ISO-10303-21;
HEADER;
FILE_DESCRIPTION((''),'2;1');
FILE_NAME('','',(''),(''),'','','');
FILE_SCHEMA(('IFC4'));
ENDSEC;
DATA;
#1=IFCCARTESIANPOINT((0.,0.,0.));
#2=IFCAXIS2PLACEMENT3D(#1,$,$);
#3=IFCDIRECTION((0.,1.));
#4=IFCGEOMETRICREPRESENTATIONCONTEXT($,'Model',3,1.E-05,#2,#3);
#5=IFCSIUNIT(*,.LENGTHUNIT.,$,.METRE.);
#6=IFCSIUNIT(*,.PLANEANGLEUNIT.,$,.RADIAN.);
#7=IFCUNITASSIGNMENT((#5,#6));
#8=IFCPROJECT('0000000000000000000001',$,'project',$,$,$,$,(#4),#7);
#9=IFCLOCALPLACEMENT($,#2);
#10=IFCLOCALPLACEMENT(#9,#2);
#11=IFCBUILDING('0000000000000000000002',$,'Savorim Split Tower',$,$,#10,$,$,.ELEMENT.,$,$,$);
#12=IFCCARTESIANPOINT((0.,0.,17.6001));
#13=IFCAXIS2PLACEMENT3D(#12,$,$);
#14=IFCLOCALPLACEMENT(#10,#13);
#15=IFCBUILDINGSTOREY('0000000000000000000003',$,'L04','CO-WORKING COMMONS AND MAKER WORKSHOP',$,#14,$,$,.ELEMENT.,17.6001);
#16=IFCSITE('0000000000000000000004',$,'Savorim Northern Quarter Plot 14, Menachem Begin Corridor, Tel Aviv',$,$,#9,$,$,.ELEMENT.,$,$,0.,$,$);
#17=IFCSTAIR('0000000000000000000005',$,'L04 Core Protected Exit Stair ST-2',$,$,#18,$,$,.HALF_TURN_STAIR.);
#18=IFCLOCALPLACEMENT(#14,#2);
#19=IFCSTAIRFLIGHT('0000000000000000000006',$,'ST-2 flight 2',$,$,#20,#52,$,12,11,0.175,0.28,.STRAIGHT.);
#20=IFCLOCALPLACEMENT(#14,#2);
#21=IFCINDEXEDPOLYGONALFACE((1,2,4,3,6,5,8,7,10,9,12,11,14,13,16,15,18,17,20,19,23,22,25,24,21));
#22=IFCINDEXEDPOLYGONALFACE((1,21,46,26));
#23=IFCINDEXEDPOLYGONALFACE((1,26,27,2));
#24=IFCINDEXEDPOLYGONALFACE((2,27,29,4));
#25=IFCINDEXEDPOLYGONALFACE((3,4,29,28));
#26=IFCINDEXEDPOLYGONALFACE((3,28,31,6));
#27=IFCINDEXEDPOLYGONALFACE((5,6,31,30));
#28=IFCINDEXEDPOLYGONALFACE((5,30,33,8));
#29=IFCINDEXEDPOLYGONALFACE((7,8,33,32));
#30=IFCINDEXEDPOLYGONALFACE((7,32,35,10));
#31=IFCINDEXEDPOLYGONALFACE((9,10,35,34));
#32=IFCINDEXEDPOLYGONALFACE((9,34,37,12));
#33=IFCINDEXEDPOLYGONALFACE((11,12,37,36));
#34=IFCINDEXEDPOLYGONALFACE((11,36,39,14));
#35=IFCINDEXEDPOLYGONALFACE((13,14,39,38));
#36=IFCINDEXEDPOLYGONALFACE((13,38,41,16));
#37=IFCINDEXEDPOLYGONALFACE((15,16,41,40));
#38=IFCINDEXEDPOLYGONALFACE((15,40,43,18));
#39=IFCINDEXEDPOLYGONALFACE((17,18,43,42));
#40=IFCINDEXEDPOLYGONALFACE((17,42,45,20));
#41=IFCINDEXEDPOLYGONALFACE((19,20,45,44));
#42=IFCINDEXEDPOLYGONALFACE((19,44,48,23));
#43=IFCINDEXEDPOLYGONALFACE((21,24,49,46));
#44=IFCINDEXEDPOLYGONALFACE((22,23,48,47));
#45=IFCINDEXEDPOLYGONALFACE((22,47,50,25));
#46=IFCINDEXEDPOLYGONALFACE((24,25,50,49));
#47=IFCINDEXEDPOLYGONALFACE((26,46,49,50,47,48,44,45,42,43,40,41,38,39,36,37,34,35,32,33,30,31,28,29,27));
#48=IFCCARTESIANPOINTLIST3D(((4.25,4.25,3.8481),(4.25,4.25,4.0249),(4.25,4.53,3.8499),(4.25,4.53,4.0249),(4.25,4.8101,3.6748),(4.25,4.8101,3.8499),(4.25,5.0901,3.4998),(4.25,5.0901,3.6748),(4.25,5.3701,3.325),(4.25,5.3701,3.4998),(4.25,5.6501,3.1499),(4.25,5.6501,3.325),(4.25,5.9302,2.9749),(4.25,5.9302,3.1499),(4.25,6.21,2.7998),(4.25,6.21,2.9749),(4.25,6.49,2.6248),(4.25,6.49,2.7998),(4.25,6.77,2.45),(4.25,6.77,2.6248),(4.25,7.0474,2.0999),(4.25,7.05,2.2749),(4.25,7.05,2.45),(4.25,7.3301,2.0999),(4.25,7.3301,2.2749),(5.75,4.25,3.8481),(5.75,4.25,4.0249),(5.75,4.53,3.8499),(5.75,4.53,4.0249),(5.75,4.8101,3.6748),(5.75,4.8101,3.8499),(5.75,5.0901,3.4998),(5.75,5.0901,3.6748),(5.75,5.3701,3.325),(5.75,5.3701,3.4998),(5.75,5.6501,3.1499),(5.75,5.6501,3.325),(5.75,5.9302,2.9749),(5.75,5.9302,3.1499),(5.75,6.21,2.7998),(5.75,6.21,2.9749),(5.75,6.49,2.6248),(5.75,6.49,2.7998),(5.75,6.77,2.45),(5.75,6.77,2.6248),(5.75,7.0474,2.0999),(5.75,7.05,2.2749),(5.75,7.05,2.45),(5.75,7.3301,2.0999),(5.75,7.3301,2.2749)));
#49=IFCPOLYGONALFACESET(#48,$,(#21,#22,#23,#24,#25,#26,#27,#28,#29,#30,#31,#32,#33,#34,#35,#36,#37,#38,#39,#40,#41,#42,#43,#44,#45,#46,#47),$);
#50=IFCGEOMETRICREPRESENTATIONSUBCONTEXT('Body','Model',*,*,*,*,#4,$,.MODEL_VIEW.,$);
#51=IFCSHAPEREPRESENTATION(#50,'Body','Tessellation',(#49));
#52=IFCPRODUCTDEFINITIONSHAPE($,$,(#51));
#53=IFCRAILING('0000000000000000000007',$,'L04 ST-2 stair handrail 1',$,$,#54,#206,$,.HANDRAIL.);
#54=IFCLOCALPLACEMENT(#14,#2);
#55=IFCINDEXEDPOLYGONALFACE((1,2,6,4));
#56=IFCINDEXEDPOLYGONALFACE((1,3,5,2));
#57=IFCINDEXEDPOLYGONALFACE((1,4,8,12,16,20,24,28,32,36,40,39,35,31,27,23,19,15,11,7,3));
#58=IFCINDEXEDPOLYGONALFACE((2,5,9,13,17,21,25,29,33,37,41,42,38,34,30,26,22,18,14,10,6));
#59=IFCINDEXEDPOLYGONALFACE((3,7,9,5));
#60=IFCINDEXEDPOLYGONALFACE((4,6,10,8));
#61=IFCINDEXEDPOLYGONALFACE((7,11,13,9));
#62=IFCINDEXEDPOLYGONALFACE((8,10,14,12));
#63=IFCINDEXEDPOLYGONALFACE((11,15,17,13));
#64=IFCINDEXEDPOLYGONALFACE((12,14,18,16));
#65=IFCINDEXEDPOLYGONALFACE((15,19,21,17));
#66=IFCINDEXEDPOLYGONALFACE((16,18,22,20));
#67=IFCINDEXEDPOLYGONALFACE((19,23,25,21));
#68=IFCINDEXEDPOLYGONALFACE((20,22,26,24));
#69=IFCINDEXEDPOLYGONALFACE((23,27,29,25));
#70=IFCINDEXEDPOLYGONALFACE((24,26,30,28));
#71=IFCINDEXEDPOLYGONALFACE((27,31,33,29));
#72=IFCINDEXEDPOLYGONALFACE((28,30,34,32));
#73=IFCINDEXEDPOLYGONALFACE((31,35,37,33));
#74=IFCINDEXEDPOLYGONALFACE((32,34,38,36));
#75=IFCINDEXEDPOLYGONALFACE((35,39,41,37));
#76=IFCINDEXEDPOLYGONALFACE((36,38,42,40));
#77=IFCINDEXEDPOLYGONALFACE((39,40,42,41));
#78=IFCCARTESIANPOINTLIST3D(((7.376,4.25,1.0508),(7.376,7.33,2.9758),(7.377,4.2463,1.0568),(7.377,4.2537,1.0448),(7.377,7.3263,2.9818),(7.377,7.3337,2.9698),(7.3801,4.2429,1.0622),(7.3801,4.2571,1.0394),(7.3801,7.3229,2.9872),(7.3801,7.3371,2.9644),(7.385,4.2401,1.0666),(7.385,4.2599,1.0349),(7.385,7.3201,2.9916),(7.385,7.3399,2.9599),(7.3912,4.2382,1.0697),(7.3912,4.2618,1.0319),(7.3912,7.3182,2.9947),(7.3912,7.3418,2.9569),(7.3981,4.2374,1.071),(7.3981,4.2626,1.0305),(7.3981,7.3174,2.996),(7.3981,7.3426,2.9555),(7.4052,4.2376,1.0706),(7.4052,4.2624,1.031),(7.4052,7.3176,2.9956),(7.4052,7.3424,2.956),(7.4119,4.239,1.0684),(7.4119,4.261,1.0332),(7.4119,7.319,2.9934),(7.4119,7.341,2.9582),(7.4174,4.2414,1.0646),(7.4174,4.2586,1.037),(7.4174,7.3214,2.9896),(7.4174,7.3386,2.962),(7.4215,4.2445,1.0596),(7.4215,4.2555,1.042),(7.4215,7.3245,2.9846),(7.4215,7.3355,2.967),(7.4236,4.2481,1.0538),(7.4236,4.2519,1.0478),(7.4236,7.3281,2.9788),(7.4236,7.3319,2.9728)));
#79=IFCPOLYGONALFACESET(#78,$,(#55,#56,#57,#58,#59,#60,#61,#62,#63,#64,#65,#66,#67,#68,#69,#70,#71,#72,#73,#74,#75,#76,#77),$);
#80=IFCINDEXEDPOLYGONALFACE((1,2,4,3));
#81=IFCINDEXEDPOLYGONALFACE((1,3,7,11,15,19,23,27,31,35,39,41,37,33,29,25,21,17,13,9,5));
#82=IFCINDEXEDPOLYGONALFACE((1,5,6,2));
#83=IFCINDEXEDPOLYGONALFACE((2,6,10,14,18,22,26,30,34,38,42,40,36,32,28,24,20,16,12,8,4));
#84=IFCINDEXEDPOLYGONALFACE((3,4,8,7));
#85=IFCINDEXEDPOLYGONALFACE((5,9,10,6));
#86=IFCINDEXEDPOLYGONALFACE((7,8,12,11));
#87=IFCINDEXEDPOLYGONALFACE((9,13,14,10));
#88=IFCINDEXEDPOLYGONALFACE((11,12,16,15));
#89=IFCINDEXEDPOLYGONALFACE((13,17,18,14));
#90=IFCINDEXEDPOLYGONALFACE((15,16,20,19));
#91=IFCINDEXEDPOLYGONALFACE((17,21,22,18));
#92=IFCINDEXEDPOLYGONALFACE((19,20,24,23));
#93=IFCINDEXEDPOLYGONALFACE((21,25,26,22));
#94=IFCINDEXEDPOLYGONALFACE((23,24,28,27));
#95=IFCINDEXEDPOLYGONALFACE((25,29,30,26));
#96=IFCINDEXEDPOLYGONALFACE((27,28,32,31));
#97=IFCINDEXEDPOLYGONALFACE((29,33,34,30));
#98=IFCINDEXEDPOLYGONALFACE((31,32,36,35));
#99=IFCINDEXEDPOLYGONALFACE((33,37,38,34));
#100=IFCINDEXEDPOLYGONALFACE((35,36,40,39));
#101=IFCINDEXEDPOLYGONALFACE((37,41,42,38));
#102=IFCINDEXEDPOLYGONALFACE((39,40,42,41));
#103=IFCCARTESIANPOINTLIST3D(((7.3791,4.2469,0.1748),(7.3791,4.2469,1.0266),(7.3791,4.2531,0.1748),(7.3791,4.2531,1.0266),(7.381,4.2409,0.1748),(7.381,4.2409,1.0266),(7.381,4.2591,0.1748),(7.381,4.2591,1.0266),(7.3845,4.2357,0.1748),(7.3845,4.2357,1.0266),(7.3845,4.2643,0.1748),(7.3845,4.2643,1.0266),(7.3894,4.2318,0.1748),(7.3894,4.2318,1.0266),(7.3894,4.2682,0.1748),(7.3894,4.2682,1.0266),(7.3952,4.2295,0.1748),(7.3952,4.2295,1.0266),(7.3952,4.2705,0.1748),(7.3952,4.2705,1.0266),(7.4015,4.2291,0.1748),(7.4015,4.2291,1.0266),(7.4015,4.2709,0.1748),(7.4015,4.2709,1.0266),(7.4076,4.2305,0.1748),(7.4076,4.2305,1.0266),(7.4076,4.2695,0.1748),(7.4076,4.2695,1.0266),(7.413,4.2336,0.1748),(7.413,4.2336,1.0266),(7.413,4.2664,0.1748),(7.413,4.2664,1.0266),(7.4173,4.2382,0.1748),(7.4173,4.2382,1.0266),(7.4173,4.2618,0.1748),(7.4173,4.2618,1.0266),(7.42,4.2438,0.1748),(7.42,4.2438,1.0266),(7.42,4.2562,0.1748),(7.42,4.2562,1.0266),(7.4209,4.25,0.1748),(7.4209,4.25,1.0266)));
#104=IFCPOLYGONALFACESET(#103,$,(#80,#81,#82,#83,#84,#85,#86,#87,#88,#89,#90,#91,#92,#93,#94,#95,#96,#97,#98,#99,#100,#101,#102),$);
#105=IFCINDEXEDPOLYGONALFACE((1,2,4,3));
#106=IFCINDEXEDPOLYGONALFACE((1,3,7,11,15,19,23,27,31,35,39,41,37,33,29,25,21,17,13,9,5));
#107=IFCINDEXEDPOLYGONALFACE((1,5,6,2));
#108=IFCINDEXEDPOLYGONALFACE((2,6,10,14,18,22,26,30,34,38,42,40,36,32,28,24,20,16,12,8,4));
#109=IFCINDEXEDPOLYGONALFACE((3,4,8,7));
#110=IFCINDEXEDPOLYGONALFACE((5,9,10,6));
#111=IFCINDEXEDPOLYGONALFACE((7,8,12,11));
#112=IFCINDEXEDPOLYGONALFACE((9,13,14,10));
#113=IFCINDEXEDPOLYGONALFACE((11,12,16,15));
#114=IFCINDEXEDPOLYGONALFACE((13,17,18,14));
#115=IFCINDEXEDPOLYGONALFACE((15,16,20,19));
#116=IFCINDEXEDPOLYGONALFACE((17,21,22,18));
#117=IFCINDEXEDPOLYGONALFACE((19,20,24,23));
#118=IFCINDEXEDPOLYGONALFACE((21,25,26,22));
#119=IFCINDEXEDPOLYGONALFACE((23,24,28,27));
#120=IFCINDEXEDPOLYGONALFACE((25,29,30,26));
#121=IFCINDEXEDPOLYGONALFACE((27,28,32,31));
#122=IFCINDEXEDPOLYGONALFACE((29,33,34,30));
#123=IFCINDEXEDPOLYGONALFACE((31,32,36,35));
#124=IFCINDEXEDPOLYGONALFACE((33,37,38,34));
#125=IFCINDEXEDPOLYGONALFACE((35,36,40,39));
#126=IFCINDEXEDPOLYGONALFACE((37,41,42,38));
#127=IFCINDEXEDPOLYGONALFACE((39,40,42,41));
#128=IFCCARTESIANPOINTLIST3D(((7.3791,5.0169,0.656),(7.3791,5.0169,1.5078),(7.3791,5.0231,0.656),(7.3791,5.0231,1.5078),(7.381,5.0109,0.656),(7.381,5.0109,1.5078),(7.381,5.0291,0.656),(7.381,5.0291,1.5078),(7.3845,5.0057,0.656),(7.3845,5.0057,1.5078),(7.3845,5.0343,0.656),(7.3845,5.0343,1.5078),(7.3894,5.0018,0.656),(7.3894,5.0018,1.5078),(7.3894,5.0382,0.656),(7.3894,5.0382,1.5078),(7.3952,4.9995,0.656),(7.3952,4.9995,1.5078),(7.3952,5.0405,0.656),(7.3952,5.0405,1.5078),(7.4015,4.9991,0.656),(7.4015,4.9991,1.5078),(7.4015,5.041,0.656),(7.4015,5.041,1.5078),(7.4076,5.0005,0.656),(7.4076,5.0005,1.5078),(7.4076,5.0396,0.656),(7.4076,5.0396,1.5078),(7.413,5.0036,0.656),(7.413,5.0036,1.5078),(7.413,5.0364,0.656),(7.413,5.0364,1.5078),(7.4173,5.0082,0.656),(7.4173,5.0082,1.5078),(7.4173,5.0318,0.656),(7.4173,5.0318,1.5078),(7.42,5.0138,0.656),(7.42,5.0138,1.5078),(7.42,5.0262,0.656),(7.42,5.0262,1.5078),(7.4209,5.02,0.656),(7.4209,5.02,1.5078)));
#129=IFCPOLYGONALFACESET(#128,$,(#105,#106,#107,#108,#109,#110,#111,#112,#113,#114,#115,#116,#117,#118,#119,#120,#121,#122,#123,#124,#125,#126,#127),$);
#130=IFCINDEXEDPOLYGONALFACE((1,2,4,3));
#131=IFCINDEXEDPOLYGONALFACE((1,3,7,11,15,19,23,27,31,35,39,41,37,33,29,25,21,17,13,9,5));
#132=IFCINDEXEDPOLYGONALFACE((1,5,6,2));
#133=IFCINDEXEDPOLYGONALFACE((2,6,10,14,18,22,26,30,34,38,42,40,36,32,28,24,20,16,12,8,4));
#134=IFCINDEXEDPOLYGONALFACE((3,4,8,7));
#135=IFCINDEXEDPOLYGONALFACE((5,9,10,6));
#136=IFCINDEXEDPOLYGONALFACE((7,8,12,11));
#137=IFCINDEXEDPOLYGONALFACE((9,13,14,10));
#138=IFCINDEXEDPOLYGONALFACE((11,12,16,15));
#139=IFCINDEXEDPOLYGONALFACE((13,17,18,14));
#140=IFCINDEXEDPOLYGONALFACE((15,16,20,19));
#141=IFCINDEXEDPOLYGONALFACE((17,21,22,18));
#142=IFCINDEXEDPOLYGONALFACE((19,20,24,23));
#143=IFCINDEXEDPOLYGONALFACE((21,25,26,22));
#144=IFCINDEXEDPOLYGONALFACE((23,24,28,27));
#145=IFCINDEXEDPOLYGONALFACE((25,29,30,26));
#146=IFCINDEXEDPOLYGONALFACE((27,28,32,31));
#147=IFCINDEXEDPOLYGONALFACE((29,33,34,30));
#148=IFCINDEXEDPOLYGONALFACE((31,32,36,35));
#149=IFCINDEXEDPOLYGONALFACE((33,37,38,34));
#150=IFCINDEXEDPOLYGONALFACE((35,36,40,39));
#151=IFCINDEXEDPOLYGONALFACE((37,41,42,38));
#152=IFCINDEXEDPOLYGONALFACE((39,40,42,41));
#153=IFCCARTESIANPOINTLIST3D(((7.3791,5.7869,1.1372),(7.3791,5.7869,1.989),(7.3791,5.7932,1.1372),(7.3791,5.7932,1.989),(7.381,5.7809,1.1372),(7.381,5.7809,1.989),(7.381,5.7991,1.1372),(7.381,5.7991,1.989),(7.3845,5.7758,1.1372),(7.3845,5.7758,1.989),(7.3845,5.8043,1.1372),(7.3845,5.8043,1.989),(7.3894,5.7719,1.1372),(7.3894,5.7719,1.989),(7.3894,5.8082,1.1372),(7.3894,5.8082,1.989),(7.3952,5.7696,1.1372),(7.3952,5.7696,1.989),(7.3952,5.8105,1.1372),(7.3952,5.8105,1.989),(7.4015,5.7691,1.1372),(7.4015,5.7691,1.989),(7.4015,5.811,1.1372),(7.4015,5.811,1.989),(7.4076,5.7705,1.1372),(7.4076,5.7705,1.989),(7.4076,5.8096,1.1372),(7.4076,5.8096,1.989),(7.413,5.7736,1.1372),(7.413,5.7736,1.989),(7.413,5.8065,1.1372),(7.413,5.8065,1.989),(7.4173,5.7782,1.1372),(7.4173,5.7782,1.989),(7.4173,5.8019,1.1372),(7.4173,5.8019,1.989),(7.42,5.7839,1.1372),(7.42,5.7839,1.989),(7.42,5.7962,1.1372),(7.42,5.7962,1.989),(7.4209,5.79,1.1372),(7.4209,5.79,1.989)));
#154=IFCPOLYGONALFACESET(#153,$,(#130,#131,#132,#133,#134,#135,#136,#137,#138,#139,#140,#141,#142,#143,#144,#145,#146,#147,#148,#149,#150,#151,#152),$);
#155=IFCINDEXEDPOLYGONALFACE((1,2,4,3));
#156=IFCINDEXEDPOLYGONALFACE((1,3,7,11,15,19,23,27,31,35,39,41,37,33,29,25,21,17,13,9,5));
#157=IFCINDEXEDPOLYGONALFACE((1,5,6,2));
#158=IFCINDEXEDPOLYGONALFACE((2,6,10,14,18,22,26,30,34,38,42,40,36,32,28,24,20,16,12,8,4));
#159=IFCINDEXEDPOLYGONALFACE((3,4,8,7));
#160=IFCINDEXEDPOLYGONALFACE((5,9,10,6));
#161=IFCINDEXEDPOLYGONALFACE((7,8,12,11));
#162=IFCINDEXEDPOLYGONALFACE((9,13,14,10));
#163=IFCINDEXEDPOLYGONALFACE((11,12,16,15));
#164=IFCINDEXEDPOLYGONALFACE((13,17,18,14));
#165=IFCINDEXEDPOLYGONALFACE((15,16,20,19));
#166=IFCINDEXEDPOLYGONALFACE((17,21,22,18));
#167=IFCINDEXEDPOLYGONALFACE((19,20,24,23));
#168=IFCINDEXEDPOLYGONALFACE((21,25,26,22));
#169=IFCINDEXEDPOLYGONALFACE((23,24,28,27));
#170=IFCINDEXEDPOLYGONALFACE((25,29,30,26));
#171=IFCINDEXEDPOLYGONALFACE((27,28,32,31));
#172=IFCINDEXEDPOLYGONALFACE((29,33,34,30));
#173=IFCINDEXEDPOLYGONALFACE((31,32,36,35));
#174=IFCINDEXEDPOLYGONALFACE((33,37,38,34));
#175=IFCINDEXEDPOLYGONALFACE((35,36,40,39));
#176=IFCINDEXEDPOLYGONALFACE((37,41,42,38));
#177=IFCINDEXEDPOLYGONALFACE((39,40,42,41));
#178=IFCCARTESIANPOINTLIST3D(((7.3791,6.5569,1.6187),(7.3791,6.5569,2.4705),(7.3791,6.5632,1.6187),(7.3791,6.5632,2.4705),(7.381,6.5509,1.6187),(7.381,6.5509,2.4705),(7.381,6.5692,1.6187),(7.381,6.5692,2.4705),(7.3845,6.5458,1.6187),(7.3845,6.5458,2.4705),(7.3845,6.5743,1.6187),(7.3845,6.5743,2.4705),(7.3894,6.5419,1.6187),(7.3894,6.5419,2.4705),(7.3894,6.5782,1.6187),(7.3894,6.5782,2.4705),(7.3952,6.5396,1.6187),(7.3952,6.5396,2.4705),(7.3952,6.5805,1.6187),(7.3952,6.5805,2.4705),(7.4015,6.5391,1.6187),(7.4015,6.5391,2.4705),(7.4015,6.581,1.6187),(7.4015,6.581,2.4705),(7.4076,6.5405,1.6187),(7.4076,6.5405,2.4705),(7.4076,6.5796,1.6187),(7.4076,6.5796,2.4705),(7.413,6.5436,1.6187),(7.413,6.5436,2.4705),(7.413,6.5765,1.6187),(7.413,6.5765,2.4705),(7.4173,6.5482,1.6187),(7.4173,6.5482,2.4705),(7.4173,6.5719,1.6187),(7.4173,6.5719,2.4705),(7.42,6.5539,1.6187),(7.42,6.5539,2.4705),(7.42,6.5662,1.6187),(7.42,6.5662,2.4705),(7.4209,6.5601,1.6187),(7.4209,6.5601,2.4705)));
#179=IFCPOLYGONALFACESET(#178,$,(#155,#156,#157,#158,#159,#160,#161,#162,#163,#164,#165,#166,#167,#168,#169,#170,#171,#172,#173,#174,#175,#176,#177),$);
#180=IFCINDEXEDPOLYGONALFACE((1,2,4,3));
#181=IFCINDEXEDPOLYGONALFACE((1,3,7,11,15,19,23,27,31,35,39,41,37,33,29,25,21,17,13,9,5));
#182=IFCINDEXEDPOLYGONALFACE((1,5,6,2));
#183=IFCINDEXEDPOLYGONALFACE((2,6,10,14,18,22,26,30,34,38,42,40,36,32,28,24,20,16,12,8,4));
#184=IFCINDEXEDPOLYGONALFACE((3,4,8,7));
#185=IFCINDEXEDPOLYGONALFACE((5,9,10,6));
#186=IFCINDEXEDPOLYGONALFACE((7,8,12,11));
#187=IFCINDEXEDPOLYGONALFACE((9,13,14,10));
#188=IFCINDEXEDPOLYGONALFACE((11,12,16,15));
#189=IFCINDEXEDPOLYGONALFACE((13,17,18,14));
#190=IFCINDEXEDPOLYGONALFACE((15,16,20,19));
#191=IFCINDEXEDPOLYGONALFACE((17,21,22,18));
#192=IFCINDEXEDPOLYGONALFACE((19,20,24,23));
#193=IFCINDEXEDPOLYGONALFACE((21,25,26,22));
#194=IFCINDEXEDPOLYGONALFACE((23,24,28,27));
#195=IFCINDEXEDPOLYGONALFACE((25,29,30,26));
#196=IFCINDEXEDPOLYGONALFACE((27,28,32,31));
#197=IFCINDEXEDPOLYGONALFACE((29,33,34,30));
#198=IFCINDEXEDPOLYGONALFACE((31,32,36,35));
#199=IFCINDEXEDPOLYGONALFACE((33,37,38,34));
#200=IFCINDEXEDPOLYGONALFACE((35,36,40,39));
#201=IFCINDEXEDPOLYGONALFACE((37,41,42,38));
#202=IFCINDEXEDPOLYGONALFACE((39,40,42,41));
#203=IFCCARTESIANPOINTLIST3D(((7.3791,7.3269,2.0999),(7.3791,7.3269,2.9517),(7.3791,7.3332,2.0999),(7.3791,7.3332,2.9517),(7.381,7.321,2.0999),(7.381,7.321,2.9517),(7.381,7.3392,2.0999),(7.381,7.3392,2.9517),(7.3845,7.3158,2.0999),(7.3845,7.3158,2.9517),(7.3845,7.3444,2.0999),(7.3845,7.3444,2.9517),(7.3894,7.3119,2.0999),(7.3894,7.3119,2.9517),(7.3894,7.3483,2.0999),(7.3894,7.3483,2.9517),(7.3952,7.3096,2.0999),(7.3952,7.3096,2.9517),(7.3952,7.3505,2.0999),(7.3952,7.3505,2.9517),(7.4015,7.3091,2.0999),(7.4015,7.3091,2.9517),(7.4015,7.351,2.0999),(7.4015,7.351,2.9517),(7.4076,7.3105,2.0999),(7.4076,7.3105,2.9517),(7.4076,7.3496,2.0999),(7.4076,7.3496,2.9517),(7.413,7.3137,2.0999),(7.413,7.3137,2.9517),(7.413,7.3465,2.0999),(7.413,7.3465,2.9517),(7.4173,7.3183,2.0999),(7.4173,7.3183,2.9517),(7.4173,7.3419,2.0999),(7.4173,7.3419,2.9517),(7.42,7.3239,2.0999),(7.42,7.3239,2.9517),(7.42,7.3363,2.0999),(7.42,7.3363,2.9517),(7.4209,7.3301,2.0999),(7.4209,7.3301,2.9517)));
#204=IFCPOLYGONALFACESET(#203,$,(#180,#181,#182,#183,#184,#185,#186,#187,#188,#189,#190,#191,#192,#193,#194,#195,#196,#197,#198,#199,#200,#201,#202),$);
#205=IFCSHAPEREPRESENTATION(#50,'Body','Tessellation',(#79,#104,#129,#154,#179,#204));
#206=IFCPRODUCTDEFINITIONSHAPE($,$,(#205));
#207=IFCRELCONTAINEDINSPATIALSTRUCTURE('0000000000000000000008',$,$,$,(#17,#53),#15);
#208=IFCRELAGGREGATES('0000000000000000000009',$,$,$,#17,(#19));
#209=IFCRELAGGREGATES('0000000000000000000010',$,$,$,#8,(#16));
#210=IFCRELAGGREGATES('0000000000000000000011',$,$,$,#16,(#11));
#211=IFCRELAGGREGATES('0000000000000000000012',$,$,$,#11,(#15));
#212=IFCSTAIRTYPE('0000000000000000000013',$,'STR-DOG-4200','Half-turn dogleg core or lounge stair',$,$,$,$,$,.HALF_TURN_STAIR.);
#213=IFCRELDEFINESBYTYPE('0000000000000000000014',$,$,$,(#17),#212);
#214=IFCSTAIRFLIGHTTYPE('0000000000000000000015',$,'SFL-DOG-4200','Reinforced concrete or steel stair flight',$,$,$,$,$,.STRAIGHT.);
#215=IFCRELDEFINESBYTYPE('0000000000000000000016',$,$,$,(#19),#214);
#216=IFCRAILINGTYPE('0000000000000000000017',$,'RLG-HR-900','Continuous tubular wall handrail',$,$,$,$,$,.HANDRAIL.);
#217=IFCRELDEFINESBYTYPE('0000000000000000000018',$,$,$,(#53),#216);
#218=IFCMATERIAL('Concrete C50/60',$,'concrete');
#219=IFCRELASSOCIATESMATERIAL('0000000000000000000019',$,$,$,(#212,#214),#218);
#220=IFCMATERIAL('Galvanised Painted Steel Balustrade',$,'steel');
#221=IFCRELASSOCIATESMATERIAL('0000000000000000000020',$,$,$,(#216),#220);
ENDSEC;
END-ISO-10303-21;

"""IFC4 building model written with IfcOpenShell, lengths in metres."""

from ifc_helpers import new_model, si_unit, direction, frame, origin, origin_2d, place, context, subcontext, project, spatial, polyline, circle, outline, extrude, material, type_object, element, aggregate, save


model = new_model("IFC4")

# Units and contexts
model_context = context("Model", 3, precision=1e-05, world=origin(), true_north=direction((0.0, 1.0)))
body_context = subcontext(model_context, "Body", "Model", "MODEL_VIEW")
ifc_project = project(units=[si_unit("LENGTHUNIT", "METRE"), si_unit("PLANEANGLEUNIT", "RADIAN")], contexts=[model_context])

# Site, building, storey
site_placement = place(None, origin())
site = spatial("IfcSite", under=ifc_project, at=site_placement, Name="Savorim Northern Quarter Plot 14, Menachem Begin Corridor, Tel Aviv", CompositionType="ELEMENT", RefElevation=0.0)
building_placement = place(site_placement, origin())
building = spatial("IfcBuilding", under=site, at=building_placement, Name="Savorim Split Tower", CompositionType="ELEMENT")
storey_placement = place(building_placement, frame((0.0, 0.0, 17.6001)))
storey = spatial("IfcBuildingStorey", under=building, at=storey_placement, Name="L04", Description="CO-WORKING COMMONS AND MAKER WORKSHOP", CompositionType="ELEMENT", Elevation=17.6001)

# Stair, stair flight
ifc_material_1 = material(Name="Concrete C50/60", Category="concrete")
stair_type = type_object("IfcStairType", Name="STR-DOG-4200", Description="Half-turn dogleg core or lounge stair", PredefinedType="HALF_TURN_STAIR", material=ifc_material_1)
stair_placement = place(storey_placement, origin())
stair = element("IfcStair", 1, at=stair_placement, inside=storey, type_object=stair_type, Name="L04 Core Protected Exit Stair ST-2", PredefinedType="HALF_TURN_STAIR")
stair_flight_type = type_object("IfcStairFlightType", Name="SFL-DOG-4200", Description="Reinforced concrete or steel stair flight", PredefinedType="STRAIGHT", material=ifc_material_1)
stair_flight_1_placement = place(storey_placement, frame((5.0, 7.3301, 2.0999), z_axis=(0.0, 0.0, 1.0), x_axis=(0.0, -1.0, 0.0)))
stair_flight_1 = element("IfcStairFlight", 2, at=stair_flight_1_placement, type_object=stair_flight_type, Name="ST-2 flight 2", NumberOfRisers=12, NumberOfTreads=11, PredefinedType="STRAIGHT", RiserHeight=0.175, TreadLength=0.28, context=body_context, shape_type="SweptSolid", body=[
    extrude(outline(polyline([(0.0, 0.0), (0.0, 0.175), (0.28, 0.175), (0.28, 0.3501), (0.5601, 0.3501), (0.5601, 0.5249), (0.8401, 0.5249), (0.8401, 0.7), (1.1201, 0.7), (1.1201, 0.875), (1.3999, 0.875), (1.3999, 1.05), (1.6799, 1.05), (1.6799, 1.2251), (1.96, 1.2251), (1.96, 1.3999), (2.24, 1.3999), (2.24, 1.575), (2.52, 1.575), (2.52, 1.75), (2.8, 1.75), (2.8, 1.925), (3.0801, 1.925), (3.0801, 2.1001), (3.0801, 1.7483), (0.2827, 0.0), (0.0, 0.0)])), frame((0.0, 0.75, 0.0), z_axis=(0.0, -1.0, 0.0), x_axis=(1.0, 0.0, 0.0)), (0.0, 0.0, 1.0), 1.5),
])
aggregate(stair, [stair_flight_1])

# Railing
ifc_material_2 = material(Name="Galvanised Painted Steel Balustrade", Category="steel")
railing_type_1 = type_object("IfcRailingType", Name="RLG-HR-900", Description="Continuous tubular wall handrail", PredefinedType="HANDRAIL", material=ifc_material_2)
railing_1_placement = place(storey_placement, frame((7.3999, 4.25, 0.1748)))
element("IfcRailing", 3, at=railing_1_placement, inside=storey, type_object=railing_type_1, Name="L04 ST-2 stair handrail 1", PredefinedType="HANDRAIL", context=body_context, shape_type="SweptSolid", body=[
    extrude(circle(Radius=0.0239, at=origin_2d()), frame((0.0, 0.0, 0.876), z_axis=(0.0, 0.847998, 0.529999), x_axis=(-1.0, 0.0, 0.0)), (0.0, 0.0, 1.0), 3.6321),
    extrude(circle(Radius=0.021, at=origin_2d()), origin(), (0.0, 0.0, 1.0), 0.8518),
    extrude(circle(Radius=0.021, at=origin_2d()), frame((0.0, 0.77, 0.4812)), (0.0, 0.0, 1.0), 0.8518),
    extrude(circle(Radius=0.021, at=origin_2d()), frame((0.0, 1.54, 0.9624)), (0.0, 0.0, 1.0), 0.8518),
    extrude(circle(Radius=0.021, at=origin_2d()), frame((0.0, 2.3101, 1.4438)), (0.0, 0.0, 1.0), 0.8518),
    extrude(circle(Radius=0.021, at=origin_2d()), frame((0.0, 3.0801, 1.925)), (0.0, 0.0, 1.0), 0.8518),
])

save(model, "model.ifc")
